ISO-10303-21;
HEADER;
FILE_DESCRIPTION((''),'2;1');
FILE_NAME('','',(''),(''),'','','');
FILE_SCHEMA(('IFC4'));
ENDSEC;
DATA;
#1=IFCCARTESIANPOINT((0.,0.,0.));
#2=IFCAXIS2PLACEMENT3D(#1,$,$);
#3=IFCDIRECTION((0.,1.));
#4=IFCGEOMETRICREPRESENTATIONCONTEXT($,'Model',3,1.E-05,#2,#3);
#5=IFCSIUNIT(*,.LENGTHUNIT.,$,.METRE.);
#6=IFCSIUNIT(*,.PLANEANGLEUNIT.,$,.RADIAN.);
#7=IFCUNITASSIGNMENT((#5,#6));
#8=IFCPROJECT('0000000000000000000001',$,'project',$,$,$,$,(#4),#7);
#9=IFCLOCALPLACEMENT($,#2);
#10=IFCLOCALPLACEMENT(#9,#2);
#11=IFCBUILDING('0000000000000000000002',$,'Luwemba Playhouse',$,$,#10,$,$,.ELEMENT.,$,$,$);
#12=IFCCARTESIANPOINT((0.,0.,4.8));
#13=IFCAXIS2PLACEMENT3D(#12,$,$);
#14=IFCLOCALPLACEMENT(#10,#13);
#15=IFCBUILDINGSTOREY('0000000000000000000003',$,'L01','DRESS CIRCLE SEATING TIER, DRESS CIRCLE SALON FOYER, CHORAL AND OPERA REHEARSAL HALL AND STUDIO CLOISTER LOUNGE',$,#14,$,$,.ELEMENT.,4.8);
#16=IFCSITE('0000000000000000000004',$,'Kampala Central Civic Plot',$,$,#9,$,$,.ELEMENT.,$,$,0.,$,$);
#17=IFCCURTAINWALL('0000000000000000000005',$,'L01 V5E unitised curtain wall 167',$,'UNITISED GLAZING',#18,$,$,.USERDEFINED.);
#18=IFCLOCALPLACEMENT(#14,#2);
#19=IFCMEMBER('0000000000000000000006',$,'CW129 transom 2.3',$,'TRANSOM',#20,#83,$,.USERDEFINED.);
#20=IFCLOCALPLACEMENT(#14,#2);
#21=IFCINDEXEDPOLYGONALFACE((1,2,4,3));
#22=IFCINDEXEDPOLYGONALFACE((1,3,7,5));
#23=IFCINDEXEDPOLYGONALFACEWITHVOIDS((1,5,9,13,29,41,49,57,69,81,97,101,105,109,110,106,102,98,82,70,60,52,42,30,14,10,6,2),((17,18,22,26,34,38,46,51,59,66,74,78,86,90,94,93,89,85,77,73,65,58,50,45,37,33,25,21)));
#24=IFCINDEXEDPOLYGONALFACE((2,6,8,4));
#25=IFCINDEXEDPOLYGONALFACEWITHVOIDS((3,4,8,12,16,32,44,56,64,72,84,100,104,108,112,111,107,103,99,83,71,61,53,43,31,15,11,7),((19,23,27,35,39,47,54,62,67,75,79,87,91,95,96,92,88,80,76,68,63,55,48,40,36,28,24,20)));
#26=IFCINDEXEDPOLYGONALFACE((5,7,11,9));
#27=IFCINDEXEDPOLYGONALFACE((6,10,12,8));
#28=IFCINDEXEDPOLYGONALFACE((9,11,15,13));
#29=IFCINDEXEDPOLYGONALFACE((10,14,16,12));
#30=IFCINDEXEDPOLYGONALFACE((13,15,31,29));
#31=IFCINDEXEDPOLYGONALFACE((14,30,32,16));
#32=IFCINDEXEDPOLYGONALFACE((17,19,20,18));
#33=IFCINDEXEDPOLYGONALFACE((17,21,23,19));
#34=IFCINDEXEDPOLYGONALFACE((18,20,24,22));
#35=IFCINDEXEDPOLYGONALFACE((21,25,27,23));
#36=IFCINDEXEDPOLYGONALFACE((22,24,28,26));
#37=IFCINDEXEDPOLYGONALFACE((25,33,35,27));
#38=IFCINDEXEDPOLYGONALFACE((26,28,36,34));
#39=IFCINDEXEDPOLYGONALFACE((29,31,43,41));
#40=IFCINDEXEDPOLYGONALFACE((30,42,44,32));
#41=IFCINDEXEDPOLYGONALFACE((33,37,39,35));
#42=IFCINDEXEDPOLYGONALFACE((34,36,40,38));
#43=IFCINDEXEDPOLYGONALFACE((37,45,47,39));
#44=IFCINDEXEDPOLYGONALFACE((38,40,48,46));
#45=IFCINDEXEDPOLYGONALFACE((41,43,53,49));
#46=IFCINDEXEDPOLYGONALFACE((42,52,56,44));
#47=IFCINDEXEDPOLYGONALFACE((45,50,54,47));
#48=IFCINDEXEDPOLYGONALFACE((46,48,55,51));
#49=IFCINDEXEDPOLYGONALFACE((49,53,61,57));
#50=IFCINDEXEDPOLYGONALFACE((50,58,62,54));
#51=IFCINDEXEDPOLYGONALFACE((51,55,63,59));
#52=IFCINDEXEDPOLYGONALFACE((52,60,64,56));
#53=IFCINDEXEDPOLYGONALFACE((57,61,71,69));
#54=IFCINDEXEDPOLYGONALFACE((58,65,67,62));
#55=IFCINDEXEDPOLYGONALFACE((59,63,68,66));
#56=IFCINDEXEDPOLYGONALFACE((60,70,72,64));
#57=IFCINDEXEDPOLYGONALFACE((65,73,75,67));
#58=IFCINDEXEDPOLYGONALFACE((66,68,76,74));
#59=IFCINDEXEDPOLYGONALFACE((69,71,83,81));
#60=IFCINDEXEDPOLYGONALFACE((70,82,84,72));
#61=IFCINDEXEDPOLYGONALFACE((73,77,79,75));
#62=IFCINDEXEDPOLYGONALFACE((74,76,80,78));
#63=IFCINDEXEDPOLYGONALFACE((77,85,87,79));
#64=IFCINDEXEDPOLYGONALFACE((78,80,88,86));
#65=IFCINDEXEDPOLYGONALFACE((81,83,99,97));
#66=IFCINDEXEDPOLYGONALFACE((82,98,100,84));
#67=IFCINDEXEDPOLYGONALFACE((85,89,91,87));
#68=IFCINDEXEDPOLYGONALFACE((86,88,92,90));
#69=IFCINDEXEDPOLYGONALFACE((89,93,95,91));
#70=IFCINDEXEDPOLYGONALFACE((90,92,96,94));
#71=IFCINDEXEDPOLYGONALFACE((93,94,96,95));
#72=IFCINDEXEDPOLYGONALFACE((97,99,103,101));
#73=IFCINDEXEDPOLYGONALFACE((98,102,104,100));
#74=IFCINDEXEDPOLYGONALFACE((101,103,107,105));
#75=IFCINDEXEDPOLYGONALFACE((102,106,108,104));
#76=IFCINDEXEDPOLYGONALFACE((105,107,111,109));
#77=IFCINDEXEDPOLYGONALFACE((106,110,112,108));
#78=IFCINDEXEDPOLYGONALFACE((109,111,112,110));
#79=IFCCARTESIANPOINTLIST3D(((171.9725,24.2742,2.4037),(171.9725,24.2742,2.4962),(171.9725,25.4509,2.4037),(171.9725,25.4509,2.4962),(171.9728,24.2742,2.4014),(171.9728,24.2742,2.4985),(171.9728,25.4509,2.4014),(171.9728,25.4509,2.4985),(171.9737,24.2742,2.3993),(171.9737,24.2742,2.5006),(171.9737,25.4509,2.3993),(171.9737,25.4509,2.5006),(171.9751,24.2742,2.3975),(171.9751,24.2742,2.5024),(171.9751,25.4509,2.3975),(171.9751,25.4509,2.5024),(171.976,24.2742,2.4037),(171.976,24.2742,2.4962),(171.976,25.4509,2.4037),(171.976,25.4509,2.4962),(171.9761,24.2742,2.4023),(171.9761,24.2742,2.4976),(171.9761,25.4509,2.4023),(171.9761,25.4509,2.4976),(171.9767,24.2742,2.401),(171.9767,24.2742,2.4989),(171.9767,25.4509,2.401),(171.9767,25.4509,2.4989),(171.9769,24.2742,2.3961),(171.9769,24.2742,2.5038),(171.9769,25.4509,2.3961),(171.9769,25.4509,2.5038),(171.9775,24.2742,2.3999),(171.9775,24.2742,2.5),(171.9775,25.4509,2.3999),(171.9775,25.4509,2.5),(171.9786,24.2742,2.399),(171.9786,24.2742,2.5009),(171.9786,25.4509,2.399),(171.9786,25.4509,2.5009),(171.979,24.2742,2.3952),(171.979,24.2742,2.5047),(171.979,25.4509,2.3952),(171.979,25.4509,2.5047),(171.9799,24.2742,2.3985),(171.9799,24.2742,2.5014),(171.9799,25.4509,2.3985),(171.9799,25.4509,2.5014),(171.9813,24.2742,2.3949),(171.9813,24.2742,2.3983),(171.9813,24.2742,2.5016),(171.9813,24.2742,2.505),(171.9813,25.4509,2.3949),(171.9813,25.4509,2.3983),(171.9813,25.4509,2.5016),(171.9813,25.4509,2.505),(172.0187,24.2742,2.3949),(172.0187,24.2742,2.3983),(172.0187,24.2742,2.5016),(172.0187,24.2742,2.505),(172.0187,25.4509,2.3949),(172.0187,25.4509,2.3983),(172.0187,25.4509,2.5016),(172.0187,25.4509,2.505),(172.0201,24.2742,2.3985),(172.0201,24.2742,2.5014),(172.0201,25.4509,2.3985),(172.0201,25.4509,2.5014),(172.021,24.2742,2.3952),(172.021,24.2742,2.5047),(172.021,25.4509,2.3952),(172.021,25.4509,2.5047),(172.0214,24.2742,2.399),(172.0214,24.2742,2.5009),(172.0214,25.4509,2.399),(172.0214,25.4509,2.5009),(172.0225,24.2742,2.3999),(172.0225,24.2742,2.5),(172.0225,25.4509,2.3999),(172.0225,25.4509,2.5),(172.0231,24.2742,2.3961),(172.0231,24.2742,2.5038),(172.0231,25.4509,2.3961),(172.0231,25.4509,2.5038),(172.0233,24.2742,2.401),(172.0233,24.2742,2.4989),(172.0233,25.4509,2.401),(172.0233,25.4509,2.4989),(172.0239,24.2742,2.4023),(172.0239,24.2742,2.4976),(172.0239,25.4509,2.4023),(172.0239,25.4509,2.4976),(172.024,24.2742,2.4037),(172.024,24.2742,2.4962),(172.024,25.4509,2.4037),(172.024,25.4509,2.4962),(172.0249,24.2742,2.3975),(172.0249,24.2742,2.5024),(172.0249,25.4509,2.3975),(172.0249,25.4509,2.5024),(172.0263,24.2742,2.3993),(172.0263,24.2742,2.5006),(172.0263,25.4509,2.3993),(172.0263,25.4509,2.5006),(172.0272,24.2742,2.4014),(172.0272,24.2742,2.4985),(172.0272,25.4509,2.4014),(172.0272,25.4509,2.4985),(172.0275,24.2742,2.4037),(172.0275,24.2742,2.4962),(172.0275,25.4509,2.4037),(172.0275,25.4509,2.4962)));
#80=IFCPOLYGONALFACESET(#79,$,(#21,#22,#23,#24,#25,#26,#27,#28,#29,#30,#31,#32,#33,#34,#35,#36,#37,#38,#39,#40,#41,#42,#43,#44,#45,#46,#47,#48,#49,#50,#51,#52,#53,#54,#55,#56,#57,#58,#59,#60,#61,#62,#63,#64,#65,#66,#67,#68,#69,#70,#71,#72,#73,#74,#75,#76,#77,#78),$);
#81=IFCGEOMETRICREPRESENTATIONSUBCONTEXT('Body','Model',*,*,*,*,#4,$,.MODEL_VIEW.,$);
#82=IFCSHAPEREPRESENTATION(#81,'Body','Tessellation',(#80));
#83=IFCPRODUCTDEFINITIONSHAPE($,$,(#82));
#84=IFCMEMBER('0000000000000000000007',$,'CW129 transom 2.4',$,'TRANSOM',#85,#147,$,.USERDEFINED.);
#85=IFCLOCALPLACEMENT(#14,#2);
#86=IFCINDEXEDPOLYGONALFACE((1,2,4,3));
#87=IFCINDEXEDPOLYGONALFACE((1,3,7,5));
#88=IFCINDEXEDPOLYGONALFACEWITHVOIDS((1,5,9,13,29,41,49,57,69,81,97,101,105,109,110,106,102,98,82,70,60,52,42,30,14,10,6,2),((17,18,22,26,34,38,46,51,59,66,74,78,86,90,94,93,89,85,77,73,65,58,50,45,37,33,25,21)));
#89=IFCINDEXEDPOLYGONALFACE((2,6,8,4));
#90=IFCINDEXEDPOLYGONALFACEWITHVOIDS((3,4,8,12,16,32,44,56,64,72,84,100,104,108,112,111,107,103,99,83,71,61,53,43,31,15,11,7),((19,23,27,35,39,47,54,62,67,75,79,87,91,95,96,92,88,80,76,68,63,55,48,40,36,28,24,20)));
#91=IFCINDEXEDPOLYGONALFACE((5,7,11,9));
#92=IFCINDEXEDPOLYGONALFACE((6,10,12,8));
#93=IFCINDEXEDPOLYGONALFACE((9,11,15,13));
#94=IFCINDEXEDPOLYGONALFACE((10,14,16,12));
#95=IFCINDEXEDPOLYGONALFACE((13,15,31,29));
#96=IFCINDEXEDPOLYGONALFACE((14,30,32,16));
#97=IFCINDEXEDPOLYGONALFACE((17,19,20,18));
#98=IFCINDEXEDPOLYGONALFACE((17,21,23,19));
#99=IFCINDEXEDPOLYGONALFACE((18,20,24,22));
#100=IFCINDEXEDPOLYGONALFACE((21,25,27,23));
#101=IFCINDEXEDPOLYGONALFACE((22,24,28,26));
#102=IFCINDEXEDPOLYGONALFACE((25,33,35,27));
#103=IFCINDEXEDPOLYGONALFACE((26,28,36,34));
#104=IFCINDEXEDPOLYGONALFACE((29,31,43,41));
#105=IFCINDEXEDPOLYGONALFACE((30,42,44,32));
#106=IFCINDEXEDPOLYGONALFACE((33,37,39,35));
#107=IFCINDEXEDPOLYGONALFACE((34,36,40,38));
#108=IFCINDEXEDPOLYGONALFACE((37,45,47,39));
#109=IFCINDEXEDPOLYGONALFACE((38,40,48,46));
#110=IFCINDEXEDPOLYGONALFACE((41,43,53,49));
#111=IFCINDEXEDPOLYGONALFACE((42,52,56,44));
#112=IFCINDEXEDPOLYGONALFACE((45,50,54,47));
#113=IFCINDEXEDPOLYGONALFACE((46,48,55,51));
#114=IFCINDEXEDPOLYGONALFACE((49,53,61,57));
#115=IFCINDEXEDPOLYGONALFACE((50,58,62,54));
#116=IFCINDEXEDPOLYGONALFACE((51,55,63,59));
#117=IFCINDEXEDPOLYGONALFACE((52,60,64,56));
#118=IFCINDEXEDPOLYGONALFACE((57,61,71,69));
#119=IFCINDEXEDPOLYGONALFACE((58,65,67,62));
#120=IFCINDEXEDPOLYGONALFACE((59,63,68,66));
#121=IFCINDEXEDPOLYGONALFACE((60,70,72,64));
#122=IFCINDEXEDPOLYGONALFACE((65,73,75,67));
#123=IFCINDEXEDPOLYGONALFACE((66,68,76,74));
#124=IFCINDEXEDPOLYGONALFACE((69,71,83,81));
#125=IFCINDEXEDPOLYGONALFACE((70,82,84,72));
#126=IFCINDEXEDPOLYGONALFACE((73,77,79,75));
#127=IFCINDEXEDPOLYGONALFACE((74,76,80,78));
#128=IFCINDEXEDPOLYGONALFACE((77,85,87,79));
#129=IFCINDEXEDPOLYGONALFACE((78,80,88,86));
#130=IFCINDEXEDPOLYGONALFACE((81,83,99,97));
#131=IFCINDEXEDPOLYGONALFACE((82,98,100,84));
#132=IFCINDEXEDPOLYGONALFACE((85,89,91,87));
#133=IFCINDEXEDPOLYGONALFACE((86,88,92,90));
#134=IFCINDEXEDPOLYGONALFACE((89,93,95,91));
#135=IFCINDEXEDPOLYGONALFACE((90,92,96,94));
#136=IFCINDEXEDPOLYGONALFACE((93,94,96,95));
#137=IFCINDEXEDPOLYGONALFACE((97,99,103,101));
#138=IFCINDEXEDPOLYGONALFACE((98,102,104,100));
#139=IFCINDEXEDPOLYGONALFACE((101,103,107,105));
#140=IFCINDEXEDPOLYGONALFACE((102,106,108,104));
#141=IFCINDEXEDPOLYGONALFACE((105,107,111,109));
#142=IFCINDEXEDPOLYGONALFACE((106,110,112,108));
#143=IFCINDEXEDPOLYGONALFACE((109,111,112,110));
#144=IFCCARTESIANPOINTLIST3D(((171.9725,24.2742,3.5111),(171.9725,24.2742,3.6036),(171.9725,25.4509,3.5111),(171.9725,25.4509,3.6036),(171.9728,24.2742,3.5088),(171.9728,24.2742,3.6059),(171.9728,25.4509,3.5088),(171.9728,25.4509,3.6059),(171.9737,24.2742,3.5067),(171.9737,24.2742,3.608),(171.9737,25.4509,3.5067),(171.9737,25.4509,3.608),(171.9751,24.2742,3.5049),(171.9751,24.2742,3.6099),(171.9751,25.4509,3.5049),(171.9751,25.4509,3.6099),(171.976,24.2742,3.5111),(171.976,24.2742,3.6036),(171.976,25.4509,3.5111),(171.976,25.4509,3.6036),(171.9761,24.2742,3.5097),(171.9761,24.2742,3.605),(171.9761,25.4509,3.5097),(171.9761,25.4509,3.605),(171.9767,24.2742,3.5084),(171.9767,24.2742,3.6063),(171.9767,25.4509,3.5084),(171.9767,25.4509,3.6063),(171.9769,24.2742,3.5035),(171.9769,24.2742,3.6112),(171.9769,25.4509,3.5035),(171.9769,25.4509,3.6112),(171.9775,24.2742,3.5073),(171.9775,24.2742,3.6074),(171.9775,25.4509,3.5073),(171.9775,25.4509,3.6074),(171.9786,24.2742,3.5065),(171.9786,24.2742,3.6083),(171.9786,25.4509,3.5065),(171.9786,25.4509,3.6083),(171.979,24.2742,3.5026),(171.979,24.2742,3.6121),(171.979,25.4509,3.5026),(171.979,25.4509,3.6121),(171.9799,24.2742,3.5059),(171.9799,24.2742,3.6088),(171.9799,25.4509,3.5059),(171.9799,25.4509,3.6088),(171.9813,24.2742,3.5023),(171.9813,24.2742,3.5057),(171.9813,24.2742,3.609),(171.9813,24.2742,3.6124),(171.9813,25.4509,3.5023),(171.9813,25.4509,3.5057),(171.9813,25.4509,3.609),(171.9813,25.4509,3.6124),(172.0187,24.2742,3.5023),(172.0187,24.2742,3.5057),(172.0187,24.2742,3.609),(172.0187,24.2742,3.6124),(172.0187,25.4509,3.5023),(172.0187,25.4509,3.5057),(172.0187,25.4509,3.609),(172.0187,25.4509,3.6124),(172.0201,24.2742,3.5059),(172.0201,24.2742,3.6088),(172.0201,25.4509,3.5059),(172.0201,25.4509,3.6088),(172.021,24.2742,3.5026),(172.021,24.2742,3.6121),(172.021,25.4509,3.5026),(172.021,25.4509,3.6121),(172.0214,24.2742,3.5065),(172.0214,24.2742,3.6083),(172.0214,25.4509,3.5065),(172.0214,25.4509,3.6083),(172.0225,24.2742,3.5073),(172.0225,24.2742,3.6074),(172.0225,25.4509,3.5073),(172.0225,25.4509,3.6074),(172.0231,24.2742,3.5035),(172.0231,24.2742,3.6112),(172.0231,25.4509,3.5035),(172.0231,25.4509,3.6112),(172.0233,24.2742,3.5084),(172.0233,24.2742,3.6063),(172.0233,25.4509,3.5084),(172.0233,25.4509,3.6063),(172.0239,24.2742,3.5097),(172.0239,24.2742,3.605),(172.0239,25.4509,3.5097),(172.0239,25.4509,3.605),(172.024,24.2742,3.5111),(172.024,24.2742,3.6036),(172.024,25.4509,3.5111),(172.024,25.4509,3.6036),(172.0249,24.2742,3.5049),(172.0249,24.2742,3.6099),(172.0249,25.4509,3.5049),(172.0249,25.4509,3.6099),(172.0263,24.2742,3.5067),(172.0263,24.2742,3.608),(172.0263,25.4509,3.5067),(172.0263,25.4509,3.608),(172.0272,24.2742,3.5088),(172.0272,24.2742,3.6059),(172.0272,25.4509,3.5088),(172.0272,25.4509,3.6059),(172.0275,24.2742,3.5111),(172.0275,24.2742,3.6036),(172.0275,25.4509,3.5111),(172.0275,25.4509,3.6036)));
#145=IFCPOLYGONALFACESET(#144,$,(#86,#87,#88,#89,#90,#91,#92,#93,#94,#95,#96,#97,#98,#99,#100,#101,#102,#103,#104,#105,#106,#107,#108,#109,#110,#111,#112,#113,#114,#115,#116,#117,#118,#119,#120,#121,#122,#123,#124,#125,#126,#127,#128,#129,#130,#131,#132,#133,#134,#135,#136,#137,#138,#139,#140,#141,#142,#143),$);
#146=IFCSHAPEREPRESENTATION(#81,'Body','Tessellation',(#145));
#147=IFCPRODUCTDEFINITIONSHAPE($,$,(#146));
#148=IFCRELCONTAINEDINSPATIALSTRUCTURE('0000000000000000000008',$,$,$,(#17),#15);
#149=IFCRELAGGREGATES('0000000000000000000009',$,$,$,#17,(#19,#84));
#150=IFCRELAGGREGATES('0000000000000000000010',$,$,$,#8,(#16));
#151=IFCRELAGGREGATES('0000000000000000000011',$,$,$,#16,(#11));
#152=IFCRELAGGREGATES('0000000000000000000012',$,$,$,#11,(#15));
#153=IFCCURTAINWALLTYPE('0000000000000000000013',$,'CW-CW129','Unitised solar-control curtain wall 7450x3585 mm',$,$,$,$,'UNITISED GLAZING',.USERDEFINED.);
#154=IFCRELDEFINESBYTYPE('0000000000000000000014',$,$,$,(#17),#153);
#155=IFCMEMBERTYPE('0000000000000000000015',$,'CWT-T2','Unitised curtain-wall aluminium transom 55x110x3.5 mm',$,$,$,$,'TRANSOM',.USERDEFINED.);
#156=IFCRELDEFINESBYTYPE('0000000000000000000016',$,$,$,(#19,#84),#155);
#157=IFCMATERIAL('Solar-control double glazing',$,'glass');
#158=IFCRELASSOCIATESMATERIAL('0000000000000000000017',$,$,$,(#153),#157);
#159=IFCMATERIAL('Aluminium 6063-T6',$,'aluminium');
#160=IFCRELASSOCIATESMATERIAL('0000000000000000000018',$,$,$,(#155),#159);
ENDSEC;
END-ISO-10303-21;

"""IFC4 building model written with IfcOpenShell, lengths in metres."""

from ifc_helpers import new_model, si_unit, direction, frame, origin, origin_2d, place, context, subcontext, project, spatial, hollow_rectangle, extrude, material, material_profile, profile_set, type_object, element, aggregate, save


model = new_model("IFC4")

# Units and contexts
model_context = context("Model", 3, precision=1e-05, world=origin(), true_north=direction((0.0, 1.0)))
body_context = subcontext(model_context, "Body", "Model", "MODEL_VIEW")
ifc_project = project(units=[si_unit("LENGTHUNIT", "METRE"), si_unit("PLANEANGLEUNIT", "RADIAN")], contexts=[model_context])

# Site, building, storey
site_placement = place(None, origin())
site = spatial("IfcSite", under=ifc_project, at=site_placement, Name="Kampala Central Civic Plot", CompositionType="ELEMENT", RefElevation=0.0)
building_placement = place(site_placement, origin())
building = spatial("IfcBuilding", under=site, at=building_placement, Name="Luwemba Playhouse", CompositionType="ELEMENT")
storey_placement = place(building_placement, frame((0.0, 0.0, 4.8)))
storey = spatial("IfcBuildingStorey", under=building, at=storey_placement, Name="L01", Description="DRESS CIRCLE SEATING TIER, DRESS CIRCLE SALON FOYER, CHORAL AND OPERA REHEARSAL HALL AND STUDIO CLOISTER LOUNGE", CompositionType="ELEMENT", Elevation=4.8)

# Curtain wall, members
ifc_material_1 = material(Name="Solar-control double glazing", Category="glass")
curtain_wall_type = type_object("IfcCurtainWallType", Name="CW-CW129", Description="Unitised solar-control curtain wall 7450x3585 mm", ElementType="UNITISED GLAZING", PredefinedType="USERDEFINED", material=ifc_material_1)
curtain_wall_placement = place(storey_placement, origin())
curtain_wall = element("IfcCurtainWall", 1, at=curtain_wall_placement, inside=storey, type_object=curtain_wall_type, Name="L01 V5E unitised curtain wall 167", ObjectType="UNITISED GLAZING", PredefinedType="USERDEFINED")
ifc_material_2 = material(Name="Aluminium 6063-T6", Category="aluminium")
ifc_material_profile_1 = material_profile(ifc_material_2, hollow_rectangle(XDim=0.0549, YDim=0.1101, WallThickness=0.0034, InnerFilletRadius=0.0054, OuterFilletRadius=0.0088, at=origin_2d()))
ifc_profile_set_1 = profile_set([ifc_material_profile_1], Name="Aluminium 6063-T6")
member_type_1 = type_object("IfcMemberType", Name="CWT-T2", Description="Unitised curtain-wall aluminium transom 55x110x3.5 mm", ElementType="TRANSOM", PredefinedType="USERDEFINED", material=ifc_profile_set_1)
member_1_placement = place(storey_placement, frame((172.0, 25.4509, 2.45), z_axis=(0.0, -1.0, 0.0), x_axis=(1.0, 0.0, 0.0)))
member_1 = element("IfcMember", 2, at=member_1_placement, type_object=member_type_1, Name="CW129 transom 2.3", ObjectType="TRANSOM", PredefinedType="USERDEFINED", context=body_context, shape_type="SweptSolid", body=[
    extrude(hollow_rectangle(XDim=0.0549, YDim=0.1101, WallThickness=0.0034, InnerFilletRadius=0.0054, OuterFilletRadius=0.0088, at=origin_2d()), origin(), (0.0, 0.0, 1.0), 1.1768),
])
member_2_placement = place(storey_placement, frame((172.0, 25.4509, 3.5574), z_axis=(0.0, -1.0, 0.0), x_axis=(1.0, 0.0, 0.0)))
member_2 = element("IfcMember", 3, at=member_2_placement, type_object=member_type_1, Name="CW129 transom 2.4", ObjectType="TRANSOM", PredefinedType="USERDEFINED", context=body_context, shape_type="SweptSolid", body=[
    extrude(hollow_rectangle(XDim=0.0549, YDim=0.1101, WallThickness=0.0034, InnerFilletRadius=0.0054, OuterFilletRadius=0.0088, at=origin_2d()), origin(), (0.0, 0.0, 1.0), 1.1768),
])

aggregate(curtain_wall, [member_1, member_2])

save(model, "model.ifc")
